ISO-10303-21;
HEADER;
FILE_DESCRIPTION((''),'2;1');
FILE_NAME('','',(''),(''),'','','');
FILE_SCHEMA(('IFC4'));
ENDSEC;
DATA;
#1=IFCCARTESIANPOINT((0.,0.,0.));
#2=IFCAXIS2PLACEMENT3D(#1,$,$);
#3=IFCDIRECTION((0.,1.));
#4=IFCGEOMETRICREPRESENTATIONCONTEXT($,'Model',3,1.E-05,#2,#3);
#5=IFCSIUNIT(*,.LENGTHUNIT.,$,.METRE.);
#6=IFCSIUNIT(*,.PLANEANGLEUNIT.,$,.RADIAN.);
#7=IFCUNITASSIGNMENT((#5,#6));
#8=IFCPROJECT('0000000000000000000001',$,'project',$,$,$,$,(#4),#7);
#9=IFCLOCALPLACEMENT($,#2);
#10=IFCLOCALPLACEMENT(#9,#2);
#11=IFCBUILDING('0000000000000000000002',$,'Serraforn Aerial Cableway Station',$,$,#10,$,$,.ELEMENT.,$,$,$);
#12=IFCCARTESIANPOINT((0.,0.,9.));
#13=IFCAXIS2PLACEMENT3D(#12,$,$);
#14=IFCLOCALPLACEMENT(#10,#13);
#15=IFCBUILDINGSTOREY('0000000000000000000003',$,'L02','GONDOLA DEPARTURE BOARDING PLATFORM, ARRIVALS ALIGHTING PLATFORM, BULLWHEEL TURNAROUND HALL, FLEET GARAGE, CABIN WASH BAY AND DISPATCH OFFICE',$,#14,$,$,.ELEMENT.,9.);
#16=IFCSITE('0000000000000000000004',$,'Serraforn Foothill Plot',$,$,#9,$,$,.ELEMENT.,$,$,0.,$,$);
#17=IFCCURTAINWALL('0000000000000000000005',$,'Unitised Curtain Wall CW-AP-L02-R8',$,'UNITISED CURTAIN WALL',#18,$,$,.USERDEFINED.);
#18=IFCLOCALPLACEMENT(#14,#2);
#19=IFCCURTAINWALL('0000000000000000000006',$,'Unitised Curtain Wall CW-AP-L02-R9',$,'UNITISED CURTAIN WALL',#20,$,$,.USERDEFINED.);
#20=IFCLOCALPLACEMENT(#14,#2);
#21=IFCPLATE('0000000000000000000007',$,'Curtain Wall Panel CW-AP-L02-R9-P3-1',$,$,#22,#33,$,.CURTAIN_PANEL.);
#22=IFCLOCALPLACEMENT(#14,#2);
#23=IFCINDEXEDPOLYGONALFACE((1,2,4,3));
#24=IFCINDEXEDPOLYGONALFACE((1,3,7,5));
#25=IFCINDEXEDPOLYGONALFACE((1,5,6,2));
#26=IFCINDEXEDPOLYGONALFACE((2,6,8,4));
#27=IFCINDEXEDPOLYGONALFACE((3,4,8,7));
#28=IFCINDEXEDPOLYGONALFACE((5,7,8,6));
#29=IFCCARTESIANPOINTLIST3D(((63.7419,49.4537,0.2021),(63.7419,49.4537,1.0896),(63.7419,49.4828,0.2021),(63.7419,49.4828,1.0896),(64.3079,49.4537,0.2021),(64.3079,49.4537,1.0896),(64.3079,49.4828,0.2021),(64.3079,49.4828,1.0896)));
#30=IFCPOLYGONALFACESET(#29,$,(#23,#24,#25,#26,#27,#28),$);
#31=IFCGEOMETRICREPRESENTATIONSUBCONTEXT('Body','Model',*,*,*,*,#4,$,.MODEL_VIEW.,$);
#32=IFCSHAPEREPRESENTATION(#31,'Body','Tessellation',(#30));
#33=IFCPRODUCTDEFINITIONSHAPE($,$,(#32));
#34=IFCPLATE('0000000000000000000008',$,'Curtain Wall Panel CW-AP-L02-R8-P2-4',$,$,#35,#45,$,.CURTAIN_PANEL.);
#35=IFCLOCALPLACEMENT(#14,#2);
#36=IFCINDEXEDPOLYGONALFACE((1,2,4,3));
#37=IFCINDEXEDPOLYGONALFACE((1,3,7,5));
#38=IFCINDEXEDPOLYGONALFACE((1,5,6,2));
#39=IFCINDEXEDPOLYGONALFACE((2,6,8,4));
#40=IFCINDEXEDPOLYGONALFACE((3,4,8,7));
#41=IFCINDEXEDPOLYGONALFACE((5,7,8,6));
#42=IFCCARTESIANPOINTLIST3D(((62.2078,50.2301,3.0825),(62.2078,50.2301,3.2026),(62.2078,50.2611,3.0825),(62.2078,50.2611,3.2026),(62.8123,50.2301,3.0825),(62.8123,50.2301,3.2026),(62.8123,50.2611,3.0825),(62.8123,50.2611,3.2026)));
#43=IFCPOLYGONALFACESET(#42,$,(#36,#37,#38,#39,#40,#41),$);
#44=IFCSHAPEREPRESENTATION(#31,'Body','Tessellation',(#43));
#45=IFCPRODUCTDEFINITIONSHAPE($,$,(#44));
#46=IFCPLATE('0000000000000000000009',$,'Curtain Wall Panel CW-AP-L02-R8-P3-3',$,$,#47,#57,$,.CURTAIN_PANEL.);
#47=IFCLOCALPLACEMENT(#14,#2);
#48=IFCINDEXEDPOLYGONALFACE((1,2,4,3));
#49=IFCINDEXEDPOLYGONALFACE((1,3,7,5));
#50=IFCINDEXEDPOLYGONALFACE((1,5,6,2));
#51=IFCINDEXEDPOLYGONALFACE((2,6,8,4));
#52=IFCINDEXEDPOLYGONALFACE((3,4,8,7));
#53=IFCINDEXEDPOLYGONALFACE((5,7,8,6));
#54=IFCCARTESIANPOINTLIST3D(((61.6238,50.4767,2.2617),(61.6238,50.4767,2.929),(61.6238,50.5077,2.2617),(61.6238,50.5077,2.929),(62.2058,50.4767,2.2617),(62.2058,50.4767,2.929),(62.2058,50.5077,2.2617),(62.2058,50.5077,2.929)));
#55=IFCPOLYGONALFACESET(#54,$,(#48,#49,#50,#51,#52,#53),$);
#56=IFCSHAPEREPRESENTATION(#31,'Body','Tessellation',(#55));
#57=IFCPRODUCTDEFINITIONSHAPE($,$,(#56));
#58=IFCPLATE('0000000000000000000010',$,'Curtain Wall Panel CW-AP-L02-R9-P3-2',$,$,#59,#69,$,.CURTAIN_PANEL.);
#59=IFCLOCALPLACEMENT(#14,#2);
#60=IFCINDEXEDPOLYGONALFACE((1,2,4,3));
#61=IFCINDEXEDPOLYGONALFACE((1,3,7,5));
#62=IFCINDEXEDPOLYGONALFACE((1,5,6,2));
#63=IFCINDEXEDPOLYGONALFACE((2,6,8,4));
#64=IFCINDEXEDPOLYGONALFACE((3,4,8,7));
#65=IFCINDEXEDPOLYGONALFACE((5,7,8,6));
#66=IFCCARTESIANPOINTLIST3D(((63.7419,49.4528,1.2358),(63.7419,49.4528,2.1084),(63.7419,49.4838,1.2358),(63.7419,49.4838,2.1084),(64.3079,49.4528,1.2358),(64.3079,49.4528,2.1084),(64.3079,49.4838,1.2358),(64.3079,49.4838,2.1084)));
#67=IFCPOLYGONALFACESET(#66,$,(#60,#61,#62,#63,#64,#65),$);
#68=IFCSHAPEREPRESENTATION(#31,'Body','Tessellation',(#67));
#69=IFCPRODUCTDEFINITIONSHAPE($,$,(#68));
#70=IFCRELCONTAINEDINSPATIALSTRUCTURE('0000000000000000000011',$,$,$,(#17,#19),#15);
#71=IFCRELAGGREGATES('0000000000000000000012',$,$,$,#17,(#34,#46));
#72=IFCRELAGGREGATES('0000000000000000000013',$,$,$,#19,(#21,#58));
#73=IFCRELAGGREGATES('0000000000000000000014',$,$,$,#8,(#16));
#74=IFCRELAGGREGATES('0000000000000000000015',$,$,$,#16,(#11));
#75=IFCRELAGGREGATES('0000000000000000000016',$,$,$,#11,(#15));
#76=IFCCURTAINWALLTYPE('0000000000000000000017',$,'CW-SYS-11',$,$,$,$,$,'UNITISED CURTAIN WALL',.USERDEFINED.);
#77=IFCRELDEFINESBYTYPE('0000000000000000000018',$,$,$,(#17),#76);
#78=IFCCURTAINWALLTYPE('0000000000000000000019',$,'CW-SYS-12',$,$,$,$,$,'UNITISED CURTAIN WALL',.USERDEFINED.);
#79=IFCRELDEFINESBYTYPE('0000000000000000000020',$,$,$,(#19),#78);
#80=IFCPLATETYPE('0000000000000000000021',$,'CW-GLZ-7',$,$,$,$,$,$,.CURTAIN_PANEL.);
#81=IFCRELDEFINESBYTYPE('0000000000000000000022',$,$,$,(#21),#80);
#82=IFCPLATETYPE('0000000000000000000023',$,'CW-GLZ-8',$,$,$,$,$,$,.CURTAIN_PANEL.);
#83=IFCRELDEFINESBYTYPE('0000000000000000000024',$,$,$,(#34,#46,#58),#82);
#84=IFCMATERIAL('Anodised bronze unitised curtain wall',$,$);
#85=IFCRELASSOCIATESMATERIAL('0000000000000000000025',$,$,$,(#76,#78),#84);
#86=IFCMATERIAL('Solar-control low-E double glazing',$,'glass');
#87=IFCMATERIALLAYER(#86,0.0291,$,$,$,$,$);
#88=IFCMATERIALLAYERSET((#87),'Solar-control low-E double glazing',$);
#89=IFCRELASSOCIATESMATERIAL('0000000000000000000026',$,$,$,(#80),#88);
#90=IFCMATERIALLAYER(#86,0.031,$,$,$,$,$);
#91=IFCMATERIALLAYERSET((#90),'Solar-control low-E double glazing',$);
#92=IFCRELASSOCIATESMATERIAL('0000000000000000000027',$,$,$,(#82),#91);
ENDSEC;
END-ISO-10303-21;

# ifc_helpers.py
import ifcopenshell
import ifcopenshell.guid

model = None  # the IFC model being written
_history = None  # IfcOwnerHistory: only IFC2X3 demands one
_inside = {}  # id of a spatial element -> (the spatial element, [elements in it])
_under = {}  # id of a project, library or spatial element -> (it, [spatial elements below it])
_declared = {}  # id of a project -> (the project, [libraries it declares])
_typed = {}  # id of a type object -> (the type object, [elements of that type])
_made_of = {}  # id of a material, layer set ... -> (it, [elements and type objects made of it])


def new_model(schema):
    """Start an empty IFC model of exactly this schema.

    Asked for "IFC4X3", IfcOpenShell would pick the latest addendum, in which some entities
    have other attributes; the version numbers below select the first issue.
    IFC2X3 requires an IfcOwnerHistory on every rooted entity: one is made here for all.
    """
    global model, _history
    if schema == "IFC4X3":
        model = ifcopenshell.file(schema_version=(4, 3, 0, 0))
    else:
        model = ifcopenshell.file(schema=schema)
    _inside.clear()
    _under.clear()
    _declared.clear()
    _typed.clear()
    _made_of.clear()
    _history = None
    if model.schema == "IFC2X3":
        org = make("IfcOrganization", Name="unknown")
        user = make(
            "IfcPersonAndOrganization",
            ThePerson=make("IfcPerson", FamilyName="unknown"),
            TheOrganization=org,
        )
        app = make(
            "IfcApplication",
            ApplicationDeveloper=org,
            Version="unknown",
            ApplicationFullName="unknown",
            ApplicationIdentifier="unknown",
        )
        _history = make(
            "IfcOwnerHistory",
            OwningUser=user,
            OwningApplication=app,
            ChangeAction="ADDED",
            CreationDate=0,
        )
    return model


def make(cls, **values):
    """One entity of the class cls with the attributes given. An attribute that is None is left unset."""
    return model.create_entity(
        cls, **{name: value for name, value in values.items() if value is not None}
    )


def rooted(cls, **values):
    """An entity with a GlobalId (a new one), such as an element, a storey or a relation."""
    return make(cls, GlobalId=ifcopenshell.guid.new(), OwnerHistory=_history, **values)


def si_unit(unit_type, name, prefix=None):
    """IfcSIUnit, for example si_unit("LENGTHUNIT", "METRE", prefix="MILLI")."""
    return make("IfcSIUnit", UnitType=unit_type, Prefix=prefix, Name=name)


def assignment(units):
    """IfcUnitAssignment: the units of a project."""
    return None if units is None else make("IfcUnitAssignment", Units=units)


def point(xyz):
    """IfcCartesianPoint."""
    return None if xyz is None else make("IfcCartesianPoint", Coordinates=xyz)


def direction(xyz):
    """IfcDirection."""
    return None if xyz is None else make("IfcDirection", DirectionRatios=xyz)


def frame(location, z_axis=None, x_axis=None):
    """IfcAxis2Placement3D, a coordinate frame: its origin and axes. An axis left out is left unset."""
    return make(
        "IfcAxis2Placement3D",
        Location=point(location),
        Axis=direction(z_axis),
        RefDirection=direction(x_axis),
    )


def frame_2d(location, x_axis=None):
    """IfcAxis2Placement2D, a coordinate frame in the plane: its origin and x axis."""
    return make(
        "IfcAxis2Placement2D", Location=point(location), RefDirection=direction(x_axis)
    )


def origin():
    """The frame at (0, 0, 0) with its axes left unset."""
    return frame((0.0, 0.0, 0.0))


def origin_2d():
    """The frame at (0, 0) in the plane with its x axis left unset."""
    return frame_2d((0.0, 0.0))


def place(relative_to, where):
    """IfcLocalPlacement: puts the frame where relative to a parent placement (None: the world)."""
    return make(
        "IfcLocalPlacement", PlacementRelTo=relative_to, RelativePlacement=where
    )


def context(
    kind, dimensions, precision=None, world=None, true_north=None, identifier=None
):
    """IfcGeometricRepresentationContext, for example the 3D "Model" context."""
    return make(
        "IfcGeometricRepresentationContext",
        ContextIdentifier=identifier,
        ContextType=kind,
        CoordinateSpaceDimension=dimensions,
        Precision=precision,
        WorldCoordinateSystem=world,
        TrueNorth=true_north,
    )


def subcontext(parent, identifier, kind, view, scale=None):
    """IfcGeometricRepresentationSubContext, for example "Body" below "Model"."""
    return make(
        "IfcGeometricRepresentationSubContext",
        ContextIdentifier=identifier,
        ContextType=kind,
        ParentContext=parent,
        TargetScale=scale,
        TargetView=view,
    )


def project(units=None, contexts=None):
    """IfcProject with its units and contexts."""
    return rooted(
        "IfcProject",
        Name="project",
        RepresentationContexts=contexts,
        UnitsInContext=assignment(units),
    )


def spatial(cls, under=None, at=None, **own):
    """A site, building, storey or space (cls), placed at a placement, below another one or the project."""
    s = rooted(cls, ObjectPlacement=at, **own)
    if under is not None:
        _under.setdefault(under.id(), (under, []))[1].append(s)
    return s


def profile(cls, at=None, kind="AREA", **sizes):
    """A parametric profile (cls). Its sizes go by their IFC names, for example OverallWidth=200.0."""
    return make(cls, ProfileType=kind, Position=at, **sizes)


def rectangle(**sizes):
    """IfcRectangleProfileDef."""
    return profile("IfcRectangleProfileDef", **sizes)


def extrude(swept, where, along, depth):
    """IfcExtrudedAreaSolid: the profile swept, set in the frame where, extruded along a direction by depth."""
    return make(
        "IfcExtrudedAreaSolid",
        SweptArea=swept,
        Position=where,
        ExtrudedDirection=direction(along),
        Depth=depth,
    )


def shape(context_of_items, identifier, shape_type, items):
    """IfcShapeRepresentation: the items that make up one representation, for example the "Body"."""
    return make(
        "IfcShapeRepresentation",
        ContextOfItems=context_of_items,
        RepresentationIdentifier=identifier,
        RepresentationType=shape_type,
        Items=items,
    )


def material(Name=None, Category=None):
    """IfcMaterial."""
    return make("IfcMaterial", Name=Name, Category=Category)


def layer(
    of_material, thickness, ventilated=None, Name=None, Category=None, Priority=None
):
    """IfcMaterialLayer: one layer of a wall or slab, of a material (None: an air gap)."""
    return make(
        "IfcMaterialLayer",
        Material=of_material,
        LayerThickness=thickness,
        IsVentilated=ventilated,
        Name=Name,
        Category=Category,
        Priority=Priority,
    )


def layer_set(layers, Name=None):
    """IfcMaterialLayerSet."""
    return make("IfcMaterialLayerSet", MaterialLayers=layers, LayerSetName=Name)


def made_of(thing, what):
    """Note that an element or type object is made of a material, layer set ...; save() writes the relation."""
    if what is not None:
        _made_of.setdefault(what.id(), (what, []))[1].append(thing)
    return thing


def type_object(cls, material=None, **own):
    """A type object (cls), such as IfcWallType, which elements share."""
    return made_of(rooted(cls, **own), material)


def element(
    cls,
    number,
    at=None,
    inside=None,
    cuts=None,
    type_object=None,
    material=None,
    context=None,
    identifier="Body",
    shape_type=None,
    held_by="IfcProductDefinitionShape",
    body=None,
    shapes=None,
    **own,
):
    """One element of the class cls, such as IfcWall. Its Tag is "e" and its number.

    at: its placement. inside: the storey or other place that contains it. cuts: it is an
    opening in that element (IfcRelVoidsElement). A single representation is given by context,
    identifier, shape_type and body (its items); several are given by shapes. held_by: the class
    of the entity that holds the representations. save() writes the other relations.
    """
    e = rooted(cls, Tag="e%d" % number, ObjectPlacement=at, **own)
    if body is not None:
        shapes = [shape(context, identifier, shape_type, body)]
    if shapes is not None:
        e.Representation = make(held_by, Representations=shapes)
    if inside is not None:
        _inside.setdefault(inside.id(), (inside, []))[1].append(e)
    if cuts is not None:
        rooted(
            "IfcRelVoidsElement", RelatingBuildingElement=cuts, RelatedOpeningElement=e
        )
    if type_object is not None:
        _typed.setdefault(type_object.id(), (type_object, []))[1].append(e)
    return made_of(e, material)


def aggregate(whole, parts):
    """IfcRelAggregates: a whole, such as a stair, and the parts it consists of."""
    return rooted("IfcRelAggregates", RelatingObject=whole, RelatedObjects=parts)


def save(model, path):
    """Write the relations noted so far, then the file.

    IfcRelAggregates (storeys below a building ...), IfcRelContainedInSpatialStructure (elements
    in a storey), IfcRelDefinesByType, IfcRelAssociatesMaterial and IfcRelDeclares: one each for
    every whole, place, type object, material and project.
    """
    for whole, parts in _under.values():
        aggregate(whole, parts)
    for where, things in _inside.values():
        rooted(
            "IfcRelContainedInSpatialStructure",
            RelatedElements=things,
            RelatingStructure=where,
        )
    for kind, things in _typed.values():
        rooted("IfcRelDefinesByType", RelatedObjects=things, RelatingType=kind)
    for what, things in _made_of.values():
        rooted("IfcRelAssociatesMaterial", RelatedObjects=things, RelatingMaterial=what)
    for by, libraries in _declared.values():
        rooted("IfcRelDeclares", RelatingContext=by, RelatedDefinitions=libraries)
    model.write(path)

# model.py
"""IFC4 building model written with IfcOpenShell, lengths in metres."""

from ifc_helpers import new_model, si_unit, direction, frame, origin, origin_2d, place, context, subcontext, project, spatial, rectangle, extrude, material, layer, layer_set, type_object, element, aggregate, save


model = new_model("IFC4")

# Units and contexts
model_context = context("Model", 3, precision=1e-05, world=origin(), true_north=direction((0.0, 1.0)))
body_context = subcontext(model_context, "Body", "Model", "MODEL_VIEW")
ifc_project = project(units=[si_unit("LENGTHUNIT", "METRE"), si_unit("PLANEANGLEUNIT", "RADIAN")], contexts=[model_context])

# Site, building, storey
site_placement = place(None, origin())
site = spatial("IfcSite", under=ifc_project, at=site_placement, Name="Serraforn Foothill Plot", CompositionType="ELEMENT", RefElevation=0.0)
building_placement = place(site_placement, origin())
building = spatial("IfcBuilding", under=site, at=building_placement, Name="Serraforn Aerial Cableway Station", CompositionType="ELEMENT")
storey_placement = place(building_placement, frame((0.0, 0.0, 9.0)))
storey = spatial("IfcBuildingStorey", under=building, at=storey_placement, Name="L02", Description="GONDOLA DEPARTURE BOARDING PLATFORM, ARRIVALS ALIGHTING PLATFORM, BULLWHEEL TURNAROUND HALL, FLEET GARAGE, CABIN WASH BAY AND DISPATCH OFFICE", CompositionType="ELEMENT", Elevation=9.0)

# Curtain wall
ifc_material_1 = material(Name="Anodised bronze unitised curtain wall")
curtain_wall_type_1 = type_object("IfcCurtainWallType", Name="CW-SYS-11", ElementType="UNITISED CURTAIN WALL", PredefinedType="USERDEFINED", material=ifc_material_1)
curtain_wall_1_placement = place(storey_placement, origin())
curtain_wall_1 = element("IfcCurtainWall", 1, at=curtain_wall_1_placement, inside=storey, type_object=curtain_wall_type_1, Name="Unitised Curtain Wall CW-AP-L02-R8", ObjectType="UNITISED CURTAIN WALL", PredefinedType="USERDEFINED")

# Curtain wall
curtain_wall_type_2 = type_object("IfcCurtainWallType", Name="CW-SYS-12", ElementType="UNITISED CURTAIN WALL", PredefinedType="USERDEFINED", material=ifc_material_1)
curtain_wall_2_placement = place(storey_placement, origin())
curtain_wall_2 = element("IfcCurtainWall", 2, at=curtain_wall_2_placement, inside=storey, type_object=curtain_wall_type_2, Name="Unitised Curtain Wall CW-AP-L02-R9", ObjectType="UNITISED CURTAIN WALL", PredefinedType="USERDEFINED")

# Plates
ifc_material_2 = material(Name="Solar-control low-E double glazing", Category="glass")
ifc_layer_1 = layer(ifc_material_2, 0.0291)
ifc_layer_set_1 = layer_set([ifc_layer_1], Name="Solar-control low-E double glazing")
plate_type_1 = type_object("IfcPlateType", Name="CW-GLZ-7", PredefinedType="CURTAIN_PANEL", material=ifc_layer_set_1)
plate_1_placement = place(storey_placement, frame((64.0249, 49.4683, 0.2021), z_axis=(0.0, 0.0, 1.0), x_axis=(1.0, 0.0, 0.0)))
plate_1 = element("IfcPlate", 3, at=plate_1_placement, type_object=plate_type_1, Name="Curtain Wall Panel CW-AP-L02-R9-P3-1", PredefinedType="CURTAIN_PANEL", context=body_context, shape_type="SweptSolid", body=[
    extrude(rectangle(XDim=0.5659, YDim=0.0291, at=origin_2d()), origin(), (0.0, 0.0, 1.0), 0.8875),
])
ifc_layer_2 = layer(ifc_material_2, 0.031)
ifc_layer_set_2 = layer_set([ifc_layer_2], Name="Solar-control low-E double glazing")
plate_type_2 = type_object("IfcPlateType", Name="CW-GLZ-8", PredefinedType="CURTAIN_PANEL", material=ifc_layer_set_2)
plate_2_placement = place(storey_placement, frame((62.51, 50.2456, 3.0825), z_axis=(0.0, 0.0, 1.0), x_axis=(1.0, 0.0, 0.0)))
plate_2 = element("IfcPlate", 4, at=plate_2_placement, type_object=plate_type_2, Name="Curtain Wall Panel CW-AP-L02-R8-P2-4", PredefinedType="CURTAIN_PANEL", context=body_context, shape_type="SweptSolid", body=[
    extrude(rectangle(XDim=0.6045, YDim=0.031, at=origin_2d()), origin(), (0.0, 0.0, 1.0), 0.1201),
])
plate_3_placement = place(storey_placement, frame((61.9148, 50.4922, 2.2617), z_axis=(0.0, 0.0, 1.0), x_axis=(1.0, 0.0, 0.0)))
plate_3 = element("IfcPlate", 5, at=plate_3_placement, type_object=plate_type_2, Name="Curtain Wall Panel CW-AP-L02-R8-P3-3", PredefinedType="CURTAIN_PANEL", context=body_context, shape_type="SweptSolid", body=[
    extrude(rectangle(XDim=0.582, YDim=0.031, at=origin_2d()), origin(), (0.0, 0.0, 1.0), 0.6672),
])
aggregate(curtain_wall_1, [plate_2, plate_3])
plate_4_placement = place(storey_placement, frame((64.0249, 49.4683, 1.2358), z_axis=(0.0, 0.0, 1.0), x_axis=(1.0, 0.0, 0.0)))
plate_4 = element("IfcPlate", 6, at=plate_4_placement, type_object=plate_type_2, Name="Curtain Wall Panel CW-AP-L02-R9-P3-2", PredefinedType="CURTAIN_PANEL", context=body_context, shape_type="SweptSolid", body=[
    extrude(rectangle(XDim=0.5659, YDim=0.031, at=origin_2d()), origin(), (0.0, 0.0, 1.0), 0.8726),
])
aggregate(curtain_wall_2, [plate_1, plate_4])

save(model, "model.ifc")
